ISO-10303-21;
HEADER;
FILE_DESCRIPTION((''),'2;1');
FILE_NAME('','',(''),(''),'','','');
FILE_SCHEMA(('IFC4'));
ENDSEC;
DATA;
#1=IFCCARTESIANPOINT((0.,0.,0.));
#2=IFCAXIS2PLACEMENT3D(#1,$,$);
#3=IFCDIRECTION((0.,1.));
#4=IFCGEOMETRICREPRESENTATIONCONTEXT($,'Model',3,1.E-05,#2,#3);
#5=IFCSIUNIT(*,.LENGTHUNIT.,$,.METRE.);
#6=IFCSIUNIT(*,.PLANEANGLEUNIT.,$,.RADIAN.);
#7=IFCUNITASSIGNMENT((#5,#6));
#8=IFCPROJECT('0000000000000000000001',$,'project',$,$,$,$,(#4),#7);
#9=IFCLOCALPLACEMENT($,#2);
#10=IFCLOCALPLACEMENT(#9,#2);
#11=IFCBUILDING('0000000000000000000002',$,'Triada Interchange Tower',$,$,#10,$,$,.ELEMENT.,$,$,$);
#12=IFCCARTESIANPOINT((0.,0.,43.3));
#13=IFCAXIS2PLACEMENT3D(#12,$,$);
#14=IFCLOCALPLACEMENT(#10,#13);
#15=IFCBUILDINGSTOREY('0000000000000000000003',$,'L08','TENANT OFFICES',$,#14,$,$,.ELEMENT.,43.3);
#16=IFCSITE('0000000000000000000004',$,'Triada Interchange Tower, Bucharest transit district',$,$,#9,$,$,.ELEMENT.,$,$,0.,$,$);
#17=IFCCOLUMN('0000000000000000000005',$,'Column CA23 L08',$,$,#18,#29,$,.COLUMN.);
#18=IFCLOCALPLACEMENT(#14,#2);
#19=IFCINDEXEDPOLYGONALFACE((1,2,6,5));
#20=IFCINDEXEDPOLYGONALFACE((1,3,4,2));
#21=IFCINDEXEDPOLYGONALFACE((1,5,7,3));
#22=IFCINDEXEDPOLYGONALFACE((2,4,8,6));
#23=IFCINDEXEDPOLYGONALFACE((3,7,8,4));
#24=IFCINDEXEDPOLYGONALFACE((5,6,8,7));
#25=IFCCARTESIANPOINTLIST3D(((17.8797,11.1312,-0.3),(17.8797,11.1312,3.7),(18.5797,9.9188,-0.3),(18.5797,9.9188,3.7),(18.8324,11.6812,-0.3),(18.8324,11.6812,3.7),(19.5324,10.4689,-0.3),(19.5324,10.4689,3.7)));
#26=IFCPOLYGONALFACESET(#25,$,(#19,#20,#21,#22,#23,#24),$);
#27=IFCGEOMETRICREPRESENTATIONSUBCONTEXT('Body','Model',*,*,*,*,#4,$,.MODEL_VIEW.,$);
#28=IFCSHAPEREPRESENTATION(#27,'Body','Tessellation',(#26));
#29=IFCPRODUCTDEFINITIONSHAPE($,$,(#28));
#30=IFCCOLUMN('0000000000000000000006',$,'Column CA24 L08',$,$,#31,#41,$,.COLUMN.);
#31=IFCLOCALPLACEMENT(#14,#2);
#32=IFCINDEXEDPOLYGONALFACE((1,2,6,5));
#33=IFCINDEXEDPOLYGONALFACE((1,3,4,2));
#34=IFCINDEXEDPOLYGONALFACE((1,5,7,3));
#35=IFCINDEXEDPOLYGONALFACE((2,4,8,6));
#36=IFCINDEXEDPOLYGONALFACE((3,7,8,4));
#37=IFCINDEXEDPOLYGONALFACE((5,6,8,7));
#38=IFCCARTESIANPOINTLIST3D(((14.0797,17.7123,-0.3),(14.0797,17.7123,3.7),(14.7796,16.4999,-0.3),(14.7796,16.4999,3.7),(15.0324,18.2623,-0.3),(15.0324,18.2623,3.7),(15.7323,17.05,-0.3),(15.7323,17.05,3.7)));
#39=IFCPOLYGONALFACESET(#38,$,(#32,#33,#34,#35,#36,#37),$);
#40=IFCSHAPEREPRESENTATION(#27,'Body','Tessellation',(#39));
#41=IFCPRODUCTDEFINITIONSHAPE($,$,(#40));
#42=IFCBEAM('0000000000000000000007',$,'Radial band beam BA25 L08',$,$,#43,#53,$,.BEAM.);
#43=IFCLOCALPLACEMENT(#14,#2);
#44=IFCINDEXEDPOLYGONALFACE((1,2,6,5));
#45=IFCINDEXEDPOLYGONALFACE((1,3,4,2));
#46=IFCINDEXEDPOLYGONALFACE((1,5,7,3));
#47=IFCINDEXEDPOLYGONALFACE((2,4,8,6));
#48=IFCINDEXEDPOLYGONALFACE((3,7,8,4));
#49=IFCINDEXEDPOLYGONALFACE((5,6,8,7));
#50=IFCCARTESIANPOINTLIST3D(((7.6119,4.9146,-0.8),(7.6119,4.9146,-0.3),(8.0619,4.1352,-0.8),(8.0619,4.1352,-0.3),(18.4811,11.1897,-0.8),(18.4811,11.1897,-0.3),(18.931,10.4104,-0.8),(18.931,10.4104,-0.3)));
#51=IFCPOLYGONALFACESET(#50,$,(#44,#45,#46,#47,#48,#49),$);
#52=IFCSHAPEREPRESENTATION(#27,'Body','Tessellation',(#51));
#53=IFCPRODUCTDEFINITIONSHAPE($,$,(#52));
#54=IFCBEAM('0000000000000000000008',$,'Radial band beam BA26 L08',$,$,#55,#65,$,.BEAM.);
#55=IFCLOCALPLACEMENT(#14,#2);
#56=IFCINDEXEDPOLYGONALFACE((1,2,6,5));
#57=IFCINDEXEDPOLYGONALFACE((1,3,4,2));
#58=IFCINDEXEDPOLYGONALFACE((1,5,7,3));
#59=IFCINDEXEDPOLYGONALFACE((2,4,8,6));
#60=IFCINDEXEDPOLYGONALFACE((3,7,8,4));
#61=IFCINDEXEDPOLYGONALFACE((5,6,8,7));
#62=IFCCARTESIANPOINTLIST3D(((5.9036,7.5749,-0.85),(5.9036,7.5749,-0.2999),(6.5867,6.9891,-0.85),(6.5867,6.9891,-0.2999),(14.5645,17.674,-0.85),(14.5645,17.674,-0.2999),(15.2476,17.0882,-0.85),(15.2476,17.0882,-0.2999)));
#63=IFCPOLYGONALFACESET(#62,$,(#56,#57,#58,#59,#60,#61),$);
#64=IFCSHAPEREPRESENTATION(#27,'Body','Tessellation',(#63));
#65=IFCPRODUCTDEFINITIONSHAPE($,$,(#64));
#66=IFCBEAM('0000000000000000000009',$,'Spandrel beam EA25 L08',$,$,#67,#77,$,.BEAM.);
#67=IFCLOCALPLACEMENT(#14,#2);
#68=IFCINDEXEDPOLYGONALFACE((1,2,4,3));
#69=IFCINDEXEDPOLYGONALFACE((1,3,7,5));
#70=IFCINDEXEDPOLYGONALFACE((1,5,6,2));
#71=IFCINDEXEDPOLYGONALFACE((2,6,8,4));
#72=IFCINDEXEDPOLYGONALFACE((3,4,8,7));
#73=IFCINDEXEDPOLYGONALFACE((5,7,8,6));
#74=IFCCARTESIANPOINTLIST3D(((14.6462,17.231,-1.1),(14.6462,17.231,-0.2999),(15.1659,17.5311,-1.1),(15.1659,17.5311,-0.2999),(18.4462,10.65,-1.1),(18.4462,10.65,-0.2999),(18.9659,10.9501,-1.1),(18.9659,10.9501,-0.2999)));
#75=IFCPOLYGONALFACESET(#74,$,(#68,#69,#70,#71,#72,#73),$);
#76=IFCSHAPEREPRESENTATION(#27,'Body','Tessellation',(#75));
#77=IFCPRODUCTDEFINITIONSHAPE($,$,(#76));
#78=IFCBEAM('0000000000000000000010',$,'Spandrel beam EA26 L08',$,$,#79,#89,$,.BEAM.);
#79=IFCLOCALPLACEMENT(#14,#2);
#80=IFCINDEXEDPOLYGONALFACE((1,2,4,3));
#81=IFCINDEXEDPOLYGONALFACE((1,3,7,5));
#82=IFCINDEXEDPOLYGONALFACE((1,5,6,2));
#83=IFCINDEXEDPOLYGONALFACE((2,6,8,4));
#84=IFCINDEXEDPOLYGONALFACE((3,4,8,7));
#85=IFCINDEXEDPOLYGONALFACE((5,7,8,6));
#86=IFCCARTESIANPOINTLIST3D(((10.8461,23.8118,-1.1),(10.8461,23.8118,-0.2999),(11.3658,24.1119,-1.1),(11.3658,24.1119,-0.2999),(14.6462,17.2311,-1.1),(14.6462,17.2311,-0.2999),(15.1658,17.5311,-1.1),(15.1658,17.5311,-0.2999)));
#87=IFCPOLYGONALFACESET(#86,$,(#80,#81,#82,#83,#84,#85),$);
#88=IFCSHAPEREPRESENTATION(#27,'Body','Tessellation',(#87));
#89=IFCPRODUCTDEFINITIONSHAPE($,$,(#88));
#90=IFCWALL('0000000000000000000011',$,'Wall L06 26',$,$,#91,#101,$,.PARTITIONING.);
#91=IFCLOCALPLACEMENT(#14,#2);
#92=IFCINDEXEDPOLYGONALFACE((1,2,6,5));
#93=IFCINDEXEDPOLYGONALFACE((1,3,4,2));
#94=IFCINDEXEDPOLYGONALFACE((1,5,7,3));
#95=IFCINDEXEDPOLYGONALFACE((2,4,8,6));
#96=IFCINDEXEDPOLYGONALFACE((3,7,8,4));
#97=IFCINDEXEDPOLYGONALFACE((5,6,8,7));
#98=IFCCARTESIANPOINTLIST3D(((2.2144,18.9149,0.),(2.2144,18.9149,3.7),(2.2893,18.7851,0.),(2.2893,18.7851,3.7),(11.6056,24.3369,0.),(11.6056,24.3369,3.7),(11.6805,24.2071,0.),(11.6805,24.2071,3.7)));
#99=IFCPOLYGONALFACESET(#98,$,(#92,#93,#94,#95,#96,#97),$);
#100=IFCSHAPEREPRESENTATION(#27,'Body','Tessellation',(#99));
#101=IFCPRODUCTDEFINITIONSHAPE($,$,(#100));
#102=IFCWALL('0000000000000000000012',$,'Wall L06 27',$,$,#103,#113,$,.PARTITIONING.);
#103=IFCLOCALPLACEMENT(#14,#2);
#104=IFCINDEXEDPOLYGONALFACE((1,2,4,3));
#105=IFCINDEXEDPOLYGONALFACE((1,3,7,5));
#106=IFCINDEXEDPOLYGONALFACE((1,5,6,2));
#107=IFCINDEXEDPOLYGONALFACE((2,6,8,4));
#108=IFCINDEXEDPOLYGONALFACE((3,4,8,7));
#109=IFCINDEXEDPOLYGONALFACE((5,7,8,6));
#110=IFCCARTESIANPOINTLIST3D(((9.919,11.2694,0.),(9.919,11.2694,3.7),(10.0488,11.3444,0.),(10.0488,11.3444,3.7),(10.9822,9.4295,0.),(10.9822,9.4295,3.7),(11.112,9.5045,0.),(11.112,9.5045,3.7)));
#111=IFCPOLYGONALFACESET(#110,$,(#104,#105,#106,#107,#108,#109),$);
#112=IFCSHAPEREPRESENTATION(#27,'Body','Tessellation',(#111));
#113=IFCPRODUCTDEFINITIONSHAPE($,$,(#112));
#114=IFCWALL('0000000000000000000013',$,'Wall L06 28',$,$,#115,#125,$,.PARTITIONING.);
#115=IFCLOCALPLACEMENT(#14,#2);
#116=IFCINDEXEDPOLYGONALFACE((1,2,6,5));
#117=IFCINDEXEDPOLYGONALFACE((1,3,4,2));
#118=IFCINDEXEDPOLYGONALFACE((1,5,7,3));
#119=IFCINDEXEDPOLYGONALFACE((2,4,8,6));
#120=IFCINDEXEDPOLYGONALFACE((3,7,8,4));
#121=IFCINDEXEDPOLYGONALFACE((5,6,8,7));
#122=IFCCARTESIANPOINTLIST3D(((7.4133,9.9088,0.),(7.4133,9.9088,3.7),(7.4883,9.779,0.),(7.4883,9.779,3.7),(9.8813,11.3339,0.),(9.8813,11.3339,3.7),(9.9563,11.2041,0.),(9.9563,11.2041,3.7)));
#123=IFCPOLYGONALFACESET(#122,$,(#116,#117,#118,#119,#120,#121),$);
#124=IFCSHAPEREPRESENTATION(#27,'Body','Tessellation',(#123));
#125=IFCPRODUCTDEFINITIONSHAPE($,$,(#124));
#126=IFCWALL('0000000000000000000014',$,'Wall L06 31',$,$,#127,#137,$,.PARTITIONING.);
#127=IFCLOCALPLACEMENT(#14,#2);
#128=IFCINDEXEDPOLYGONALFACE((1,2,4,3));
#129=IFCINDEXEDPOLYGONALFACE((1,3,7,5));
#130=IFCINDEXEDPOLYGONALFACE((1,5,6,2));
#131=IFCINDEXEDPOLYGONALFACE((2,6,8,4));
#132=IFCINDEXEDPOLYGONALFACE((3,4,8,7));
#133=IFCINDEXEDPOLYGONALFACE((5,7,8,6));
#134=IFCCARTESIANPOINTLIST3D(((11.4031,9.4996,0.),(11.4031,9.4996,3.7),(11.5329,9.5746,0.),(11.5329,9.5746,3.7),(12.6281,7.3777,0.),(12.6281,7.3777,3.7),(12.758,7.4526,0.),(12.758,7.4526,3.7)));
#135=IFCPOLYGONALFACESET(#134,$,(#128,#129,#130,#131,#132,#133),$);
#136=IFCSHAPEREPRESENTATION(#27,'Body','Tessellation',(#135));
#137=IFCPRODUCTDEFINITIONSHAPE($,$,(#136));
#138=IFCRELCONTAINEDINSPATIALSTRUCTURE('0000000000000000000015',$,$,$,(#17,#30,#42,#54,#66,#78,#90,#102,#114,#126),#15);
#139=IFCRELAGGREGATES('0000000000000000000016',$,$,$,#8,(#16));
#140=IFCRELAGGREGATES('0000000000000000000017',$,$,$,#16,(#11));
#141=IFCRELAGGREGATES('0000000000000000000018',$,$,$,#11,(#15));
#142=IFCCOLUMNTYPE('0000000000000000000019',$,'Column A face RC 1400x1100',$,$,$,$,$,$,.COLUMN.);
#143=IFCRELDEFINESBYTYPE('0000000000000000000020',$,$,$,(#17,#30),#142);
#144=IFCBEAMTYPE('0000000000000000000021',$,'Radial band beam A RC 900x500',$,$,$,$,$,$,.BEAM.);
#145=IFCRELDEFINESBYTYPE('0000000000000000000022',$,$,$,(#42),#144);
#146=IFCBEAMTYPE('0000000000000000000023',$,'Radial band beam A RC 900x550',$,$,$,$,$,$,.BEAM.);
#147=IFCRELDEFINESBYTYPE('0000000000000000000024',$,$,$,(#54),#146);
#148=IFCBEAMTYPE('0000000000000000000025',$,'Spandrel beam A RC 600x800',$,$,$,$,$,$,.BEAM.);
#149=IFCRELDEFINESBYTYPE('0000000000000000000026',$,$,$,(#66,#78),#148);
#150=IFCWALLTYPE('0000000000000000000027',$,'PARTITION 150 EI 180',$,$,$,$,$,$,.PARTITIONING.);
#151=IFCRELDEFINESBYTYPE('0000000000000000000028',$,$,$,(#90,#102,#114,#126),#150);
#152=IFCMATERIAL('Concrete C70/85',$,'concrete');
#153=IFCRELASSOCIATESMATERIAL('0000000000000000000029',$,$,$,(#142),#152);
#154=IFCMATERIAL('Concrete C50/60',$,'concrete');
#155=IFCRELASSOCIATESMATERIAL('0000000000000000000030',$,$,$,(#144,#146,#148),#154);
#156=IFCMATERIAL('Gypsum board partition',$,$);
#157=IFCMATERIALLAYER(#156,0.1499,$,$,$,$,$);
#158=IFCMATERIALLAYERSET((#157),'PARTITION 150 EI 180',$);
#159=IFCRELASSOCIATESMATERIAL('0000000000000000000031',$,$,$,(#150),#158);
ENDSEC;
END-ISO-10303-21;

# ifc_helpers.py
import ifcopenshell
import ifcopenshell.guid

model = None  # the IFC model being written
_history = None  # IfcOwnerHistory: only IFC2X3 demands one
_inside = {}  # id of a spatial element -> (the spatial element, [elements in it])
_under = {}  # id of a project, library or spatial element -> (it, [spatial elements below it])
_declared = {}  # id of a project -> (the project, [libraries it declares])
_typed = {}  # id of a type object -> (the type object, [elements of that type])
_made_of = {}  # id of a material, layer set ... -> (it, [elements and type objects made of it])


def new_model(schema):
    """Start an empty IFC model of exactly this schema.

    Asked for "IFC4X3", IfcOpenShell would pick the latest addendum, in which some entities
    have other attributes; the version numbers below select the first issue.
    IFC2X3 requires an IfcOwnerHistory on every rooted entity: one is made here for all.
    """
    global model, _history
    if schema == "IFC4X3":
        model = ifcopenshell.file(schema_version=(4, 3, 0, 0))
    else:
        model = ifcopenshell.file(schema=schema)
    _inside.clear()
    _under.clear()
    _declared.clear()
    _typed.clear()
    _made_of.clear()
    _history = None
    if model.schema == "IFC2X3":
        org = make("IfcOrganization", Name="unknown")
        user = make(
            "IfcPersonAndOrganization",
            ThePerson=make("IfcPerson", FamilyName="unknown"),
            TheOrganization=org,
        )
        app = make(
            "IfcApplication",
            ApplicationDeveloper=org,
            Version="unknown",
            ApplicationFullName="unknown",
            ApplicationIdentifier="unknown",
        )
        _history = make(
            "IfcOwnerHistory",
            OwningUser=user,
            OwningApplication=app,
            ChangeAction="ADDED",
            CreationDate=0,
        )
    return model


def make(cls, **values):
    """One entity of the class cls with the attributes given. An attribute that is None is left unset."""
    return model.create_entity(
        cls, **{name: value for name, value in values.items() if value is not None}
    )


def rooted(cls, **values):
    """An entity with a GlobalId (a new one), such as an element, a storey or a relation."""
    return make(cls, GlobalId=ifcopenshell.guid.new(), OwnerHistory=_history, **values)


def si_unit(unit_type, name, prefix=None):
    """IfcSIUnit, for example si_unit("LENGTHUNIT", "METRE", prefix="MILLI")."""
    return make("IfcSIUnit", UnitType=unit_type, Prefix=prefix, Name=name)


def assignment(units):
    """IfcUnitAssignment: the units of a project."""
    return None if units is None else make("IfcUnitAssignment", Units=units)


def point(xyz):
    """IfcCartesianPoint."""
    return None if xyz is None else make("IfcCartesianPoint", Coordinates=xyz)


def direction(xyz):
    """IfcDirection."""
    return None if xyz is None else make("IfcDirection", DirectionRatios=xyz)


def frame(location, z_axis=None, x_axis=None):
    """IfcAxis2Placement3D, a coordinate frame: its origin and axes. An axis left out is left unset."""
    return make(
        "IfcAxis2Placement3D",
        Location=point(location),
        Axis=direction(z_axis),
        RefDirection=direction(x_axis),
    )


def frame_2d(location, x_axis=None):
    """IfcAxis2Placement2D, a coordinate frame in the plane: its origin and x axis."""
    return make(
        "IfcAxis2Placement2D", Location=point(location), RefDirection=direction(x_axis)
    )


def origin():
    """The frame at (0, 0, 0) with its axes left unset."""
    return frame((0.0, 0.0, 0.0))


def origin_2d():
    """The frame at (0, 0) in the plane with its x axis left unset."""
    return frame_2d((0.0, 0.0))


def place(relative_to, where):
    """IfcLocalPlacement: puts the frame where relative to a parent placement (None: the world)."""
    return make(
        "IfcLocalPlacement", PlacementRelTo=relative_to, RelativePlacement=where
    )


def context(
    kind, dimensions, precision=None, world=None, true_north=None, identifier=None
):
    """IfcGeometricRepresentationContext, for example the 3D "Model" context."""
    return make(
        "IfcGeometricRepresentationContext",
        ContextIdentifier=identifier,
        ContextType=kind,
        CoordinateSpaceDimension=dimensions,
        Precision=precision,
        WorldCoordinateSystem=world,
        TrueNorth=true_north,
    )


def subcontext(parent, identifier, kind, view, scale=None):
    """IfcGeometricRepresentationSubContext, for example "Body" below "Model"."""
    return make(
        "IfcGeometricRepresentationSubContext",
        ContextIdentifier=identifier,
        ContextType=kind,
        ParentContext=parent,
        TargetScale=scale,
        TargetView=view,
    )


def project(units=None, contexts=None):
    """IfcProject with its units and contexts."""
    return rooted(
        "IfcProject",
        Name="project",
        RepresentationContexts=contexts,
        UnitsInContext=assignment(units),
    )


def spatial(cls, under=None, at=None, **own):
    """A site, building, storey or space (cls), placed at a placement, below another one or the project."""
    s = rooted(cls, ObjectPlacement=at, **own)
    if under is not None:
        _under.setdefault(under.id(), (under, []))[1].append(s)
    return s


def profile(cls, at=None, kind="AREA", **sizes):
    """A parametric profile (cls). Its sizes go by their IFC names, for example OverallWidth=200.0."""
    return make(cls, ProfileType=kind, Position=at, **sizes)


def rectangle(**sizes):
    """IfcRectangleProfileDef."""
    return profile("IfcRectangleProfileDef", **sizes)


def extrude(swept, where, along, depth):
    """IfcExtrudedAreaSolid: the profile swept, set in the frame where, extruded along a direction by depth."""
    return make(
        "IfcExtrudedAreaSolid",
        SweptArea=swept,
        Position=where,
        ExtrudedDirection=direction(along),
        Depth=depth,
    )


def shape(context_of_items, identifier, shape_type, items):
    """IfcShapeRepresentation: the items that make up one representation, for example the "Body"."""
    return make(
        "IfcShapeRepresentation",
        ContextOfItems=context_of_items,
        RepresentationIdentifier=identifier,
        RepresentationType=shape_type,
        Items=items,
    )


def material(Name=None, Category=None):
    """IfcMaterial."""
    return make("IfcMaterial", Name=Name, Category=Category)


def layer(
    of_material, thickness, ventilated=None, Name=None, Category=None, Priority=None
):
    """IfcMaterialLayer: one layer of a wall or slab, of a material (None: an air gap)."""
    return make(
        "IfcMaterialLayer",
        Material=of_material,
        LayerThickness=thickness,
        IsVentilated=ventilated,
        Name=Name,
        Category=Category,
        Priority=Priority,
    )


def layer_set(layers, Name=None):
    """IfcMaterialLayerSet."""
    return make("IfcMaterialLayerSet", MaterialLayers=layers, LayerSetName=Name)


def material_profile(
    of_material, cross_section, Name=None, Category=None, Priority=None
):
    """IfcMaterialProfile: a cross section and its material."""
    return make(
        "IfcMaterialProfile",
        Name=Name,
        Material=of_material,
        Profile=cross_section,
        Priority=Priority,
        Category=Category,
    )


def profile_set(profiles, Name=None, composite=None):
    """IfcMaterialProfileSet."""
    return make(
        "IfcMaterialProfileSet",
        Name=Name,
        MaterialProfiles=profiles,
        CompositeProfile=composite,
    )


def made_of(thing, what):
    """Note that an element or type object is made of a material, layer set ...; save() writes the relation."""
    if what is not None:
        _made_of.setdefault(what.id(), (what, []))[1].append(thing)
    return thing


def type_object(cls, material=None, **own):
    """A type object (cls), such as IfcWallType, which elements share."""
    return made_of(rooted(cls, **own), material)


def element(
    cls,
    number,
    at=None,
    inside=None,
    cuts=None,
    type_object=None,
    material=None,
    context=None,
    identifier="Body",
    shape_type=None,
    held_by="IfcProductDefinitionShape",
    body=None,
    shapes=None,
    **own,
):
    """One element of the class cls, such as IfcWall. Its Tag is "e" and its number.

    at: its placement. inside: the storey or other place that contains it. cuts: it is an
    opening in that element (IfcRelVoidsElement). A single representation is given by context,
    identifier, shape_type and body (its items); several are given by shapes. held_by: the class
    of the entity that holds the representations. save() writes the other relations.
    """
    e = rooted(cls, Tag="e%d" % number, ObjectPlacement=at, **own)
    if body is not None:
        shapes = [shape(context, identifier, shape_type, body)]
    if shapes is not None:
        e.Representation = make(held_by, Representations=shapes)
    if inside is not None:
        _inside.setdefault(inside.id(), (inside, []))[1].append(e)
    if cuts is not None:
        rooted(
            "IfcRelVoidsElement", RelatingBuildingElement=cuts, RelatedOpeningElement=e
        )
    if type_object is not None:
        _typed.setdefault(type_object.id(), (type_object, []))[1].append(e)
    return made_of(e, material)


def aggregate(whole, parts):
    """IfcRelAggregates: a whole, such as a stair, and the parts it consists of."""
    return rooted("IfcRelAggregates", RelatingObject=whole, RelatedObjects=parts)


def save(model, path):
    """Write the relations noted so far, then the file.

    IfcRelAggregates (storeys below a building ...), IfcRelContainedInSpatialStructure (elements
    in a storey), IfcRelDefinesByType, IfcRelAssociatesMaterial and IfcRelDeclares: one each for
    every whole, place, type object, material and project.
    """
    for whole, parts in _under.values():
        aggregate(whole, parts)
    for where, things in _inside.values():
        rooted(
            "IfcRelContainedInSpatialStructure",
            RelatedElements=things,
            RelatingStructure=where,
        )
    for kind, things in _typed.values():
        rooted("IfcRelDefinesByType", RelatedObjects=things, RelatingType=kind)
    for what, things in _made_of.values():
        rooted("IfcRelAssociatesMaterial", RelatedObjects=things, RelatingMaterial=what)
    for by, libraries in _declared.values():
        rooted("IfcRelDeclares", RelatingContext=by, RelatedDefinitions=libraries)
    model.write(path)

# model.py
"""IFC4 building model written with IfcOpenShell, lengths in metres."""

from ifc_helpers import new_model, si_unit, direction, frame, frame_2d, origin, origin_2d, place, context, subcontext, project, spatial, rectangle, extrude, material, layer, layer_set, material_profile, profile_set, type_object, element, save


model = new_model("IFC4")

# Units and contexts
model_context = context("Model", 3, precision=1e-05, world=origin(), true_north=direction((0.0, 1.0)))
body_context = subcontext(model_context, "Body", "Model", "MODEL_VIEW")
ifc_project = project(units=[si_unit("LENGTHUNIT", "METRE"), si_unit("PLANEANGLEUNIT", "RADIAN")], contexts=[model_context])

# Site, building, storey
site_placement = place(None, origin())
site = spatial("IfcSite", under=ifc_project, at=site_placement, Name="Triada Interchange Tower, Bucharest transit district", CompositionType="ELEMENT", RefElevation=0.0)
building_placement = place(site_placement, origin())
building = spatial("IfcBuilding", under=site, at=building_placement, Name="Triada Interchange Tower", CompositionType="ELEMENT")
storey_placement = place(building_placement, frame((0.0, 0.0, 43.3)))
storey = spatial("IfcBuildingStorey", under=building, at=storey_placement, Name="L08", Description="TENANT OFFICES", CompositionType="ELEMENT", Elevation=43.3)

# Columns
ifc_material_1 = material(Name="Concrete C70/85", Category="concrete")
ifc_material_profile_1 = material_profile(ifc_material_1, rectangle(XDim=1.3999, YDim=1.1001, at=origin_2d()), Name="RC 1400x1100")
ifc_profile_set_1 = profile_set([ifc_material_profile_1], Name="Concrete C70/85")
column_type = type_object("IfcColumnType", Name="Column A face RC 1400x1100", PredefinedType="COLUMN", material=ifc_profile_set_1)
for number, where, z_axis, x_axis, name in (
    (1, (18.7061, 10.8, -0.3), (0.0, 0.0, 1.0), (-0.5, 0.866025, 0.0), "Column CA23 L08"),
    (2, (14.906, 17.3811, -0.3), (0.0, 0.0, 1.0), (-0.5, 0.866025, 0.0), "Column CA24 L08"),
):
    element("IfcColumn", number, at=place(storey_placement, frame(where, z_axis=z_axis, x_axis=x_axis)), inside=storey, type_object=column_type, Name=name, PredefinedType="COLUMN", context=body_context, shape_type="SweptSolid", body=[
        extrude(rectangle(XDim=1.3999, YDim=1.1001, at=origin_2d()), origin(), (0.0, 0.0, 1.0), 4.0),
    ])

# Beams
ifc_material_2 = material(Name="Concrete C50/60", Category="concrete")
ifc_material_profile_2 = material_profile(ifc_material_2, rectangle(XDim=0.8999, YDim=0.5, at=origin_2d()), Name="RC 900x500")
ifc_profile_set_2 = profile_set([ifc_material_profile_2], Name="Concrete C50/60")
beam_type_1 = type_object("IfcBeamType", Name="Radial band beam A RC 900x500", PredefinedType="BEAM", material=ifc_profile_set_2)
beam_1_placement = place(storey_placement, frame((18.7061, 10.8, -0.55), z_axis=(-0.866031, -0.499991, 0.0), x_axis=(0.499991, -0.866031, 0.0)))
element("IfcBeam", 3, at=beam_1_placement, inside=storey, type_object=beam_type_1, Name="Radial band beam BA25 L08", PredefinedType="BEAM", context=body_context, shape_type="SweptSolid", body=[
    extrude(rectangle(XDim=0.8999, YDim=0.5, at=origin_2d()), origin(), (0.0, 0.0, 1.0), 12.5505),
])
ifc_material_profile_3 = material_profile(ifc_material_2, rectangle(XDim=0.8999, YDim=0.55, at=origin_2d()), Name="RC 900x550")
ifc_profile_set_3 = profile_set([ifc_material_profile_3], Name="Concrete C50/60")
beam_type_2 = type_object("IfcBeamType", Name="Radial band beam A RC 900x550", PredefinedType="BEAM", material=ifc_profile_set_3)
beam_2_placement = place(storey_placement, frame((14.906, 17.3811, -0.575), z_axis=(-0.650986, -0.759089, 0.0), x_axis=(0.759089, -0.650986, 0.0)))
element("IfcBeam", 4, at=beam_2_placement, inside=storey, type_object=beam_type_2, Name="Radial band beam BA26 L08", PredefinedType="BEAM", context=body_context, shape_type="SweptSolid", body=[
    extrude(rectangle(XDim=0.8999, YDim=0.55, at=origin_2d()), origin(), (0.0, 0.0, 1.0), 13.3042),
])
ifc_material_profile_4 = material_profile(ifc_material_2, rectangle(XDim=0.6001, YDim=0.8, at=origin_2d()), Name="RC 600x800")
ifc_profile_set_4 = profile_set([ifc_material_profile_4], Name="Concrete C50/60")
beam_type_3 = type_object("IfcBeamType", Name="Spandrel beam A RC 600x800", PredefinedType="BEAM", material=ifc_profile_set_4)
beam_3_placement = place(storey_placement, frame((18.7061, 10.8, -0.7), z_axis=(-0.500047, 0.865998, 0.0), x_axis=(-0.865998, -0.500047, 0.0)))
element("IfcBeam", 5, at=beam_3_placement, inside=storey, type_object=beam_type_3, Name="Spandrel beam EA25 L08", PredefinedType="BEAM", context=body_context, shape_type="SweptSolid", body=[
    extrude(rectangle(XDim=0.6001, YDim=0.8, at=origin_2d()), origin(), (0.0, 0.0, 1.0), 7.5994),
])
beam_4_placement = place(storey_placement, frame((14.906, 17.3811, -0.7), z_axis=(-0.500061, 0.86599, 0.0), x_axis=(-0.86599, -0.500061, 0.0)))
element("IfcBeam", 6, at=beam_4_placement, inside=storey, type_object=beam_type_3, Name="Spandrel beam EA26 L08", PredefinedType="BEAM", context=body_context, shape_type="SweptSolid", body=[
    extrude(rectangle(XDim=0.6001, YDim=0.8, at=origin_2d()), origin(), (0.0, 0.0, 1.0), 7.5991),
])

# Walls
ifc_material_3 = material(Name="Gypsum board partition")
ifc_layer_1 = layer(ifc_material_3, 0.1499)
ifc_layer_set_1 = layer_set([ifc_layer_1], Name="PARTITION 150 EI 180")
wall_type_1 = type_object("IfcWallType", Name="PARTITION 150 EI 180", PredefinedType="PARTITIONING", material=ifc_layer_set_1)
wall_1_placement = place(storey_placement, frame((2.252, 18.8501, 0.0), z_axis=(0.0, 0.0, 1.0), x_axis=(0.866029, 0.499994, 0.0)))
element("IfcWall", 7, at=wall_1_placement, inside=storey, type_object=wall_type_1, Name="Wall L06 26", PredefinedType="PARTITIONING", context=body_context, shape_type="SweptSolid", body=[
    extrude(rectangle(XDim=10.844, YDim=0.1499, at=frame_2d((5.4219, 0.0))), origin(), (0.0, 0.0, 1.0), 3.7),
])
wall_2_placement = place(storey_placement, frame((9.9839, 11.3069, 0.0), z_axis=(0.0, 0.0, 1.0), x_axis=(0.500352, -0.865822, 0.0)))
element("IfcWall", 8, at=wall_2_placement, inside=storey, type_object=wall_type_1, Name="Wall L06 27", PredefinedType="PARTITIONING", context=body_context, shape_type="SweptSolid", body=[
    extrude(rectangle(XDim=2.125, YDim=0.1499, at=frame_2d((1.0625, 0.0))), origin(), (0.0, 0.0, 1.0), 3.7),
])
wall_3_placement = place(storey_placement, frame((7.4509, 9.844, 0.0), z_axis=(0.0, 0.0, 1.0), x_axis=(0.866004, 0.500036, 0.0)))
element("IfcWall", 9, at=wall_3_placement, inside=storey, type_object=wall_type_1, Name="Wall L06 28", PredefinedType="PARTITIONING", context=body_context, shape_type="SweptSolid", body=[
    extrude(rectangle(XDim=2.8499, YDim=0.1499, at=frame_2d((1.4248, 0.0))), origin(), (0.0, 0.0, 1.0), 3.7),
])
wall_4_placement = place(storey_placement, frame((11.468, 9.5371, 0.0), z_axis=(0.0, 0.0, 1.0), x_axis=(0.499975, -0.86604, 0.0)))
element("IfcWall", 10, at=wall_4_placement, inside=storey, type_object=wall_type_1, Name="Wall L06 31", PredefinedType="PARTITIONING", context=body_context, shape_type="SweptSolid", body=[
    extrude(rectangle(XDim=2.4502, YDim=0.1499, at=frame_2d((1.2251, 0.0))), origin(), (0.0, 0.0, 1.0), 3.7),
])

save(model, "model.ifc")
